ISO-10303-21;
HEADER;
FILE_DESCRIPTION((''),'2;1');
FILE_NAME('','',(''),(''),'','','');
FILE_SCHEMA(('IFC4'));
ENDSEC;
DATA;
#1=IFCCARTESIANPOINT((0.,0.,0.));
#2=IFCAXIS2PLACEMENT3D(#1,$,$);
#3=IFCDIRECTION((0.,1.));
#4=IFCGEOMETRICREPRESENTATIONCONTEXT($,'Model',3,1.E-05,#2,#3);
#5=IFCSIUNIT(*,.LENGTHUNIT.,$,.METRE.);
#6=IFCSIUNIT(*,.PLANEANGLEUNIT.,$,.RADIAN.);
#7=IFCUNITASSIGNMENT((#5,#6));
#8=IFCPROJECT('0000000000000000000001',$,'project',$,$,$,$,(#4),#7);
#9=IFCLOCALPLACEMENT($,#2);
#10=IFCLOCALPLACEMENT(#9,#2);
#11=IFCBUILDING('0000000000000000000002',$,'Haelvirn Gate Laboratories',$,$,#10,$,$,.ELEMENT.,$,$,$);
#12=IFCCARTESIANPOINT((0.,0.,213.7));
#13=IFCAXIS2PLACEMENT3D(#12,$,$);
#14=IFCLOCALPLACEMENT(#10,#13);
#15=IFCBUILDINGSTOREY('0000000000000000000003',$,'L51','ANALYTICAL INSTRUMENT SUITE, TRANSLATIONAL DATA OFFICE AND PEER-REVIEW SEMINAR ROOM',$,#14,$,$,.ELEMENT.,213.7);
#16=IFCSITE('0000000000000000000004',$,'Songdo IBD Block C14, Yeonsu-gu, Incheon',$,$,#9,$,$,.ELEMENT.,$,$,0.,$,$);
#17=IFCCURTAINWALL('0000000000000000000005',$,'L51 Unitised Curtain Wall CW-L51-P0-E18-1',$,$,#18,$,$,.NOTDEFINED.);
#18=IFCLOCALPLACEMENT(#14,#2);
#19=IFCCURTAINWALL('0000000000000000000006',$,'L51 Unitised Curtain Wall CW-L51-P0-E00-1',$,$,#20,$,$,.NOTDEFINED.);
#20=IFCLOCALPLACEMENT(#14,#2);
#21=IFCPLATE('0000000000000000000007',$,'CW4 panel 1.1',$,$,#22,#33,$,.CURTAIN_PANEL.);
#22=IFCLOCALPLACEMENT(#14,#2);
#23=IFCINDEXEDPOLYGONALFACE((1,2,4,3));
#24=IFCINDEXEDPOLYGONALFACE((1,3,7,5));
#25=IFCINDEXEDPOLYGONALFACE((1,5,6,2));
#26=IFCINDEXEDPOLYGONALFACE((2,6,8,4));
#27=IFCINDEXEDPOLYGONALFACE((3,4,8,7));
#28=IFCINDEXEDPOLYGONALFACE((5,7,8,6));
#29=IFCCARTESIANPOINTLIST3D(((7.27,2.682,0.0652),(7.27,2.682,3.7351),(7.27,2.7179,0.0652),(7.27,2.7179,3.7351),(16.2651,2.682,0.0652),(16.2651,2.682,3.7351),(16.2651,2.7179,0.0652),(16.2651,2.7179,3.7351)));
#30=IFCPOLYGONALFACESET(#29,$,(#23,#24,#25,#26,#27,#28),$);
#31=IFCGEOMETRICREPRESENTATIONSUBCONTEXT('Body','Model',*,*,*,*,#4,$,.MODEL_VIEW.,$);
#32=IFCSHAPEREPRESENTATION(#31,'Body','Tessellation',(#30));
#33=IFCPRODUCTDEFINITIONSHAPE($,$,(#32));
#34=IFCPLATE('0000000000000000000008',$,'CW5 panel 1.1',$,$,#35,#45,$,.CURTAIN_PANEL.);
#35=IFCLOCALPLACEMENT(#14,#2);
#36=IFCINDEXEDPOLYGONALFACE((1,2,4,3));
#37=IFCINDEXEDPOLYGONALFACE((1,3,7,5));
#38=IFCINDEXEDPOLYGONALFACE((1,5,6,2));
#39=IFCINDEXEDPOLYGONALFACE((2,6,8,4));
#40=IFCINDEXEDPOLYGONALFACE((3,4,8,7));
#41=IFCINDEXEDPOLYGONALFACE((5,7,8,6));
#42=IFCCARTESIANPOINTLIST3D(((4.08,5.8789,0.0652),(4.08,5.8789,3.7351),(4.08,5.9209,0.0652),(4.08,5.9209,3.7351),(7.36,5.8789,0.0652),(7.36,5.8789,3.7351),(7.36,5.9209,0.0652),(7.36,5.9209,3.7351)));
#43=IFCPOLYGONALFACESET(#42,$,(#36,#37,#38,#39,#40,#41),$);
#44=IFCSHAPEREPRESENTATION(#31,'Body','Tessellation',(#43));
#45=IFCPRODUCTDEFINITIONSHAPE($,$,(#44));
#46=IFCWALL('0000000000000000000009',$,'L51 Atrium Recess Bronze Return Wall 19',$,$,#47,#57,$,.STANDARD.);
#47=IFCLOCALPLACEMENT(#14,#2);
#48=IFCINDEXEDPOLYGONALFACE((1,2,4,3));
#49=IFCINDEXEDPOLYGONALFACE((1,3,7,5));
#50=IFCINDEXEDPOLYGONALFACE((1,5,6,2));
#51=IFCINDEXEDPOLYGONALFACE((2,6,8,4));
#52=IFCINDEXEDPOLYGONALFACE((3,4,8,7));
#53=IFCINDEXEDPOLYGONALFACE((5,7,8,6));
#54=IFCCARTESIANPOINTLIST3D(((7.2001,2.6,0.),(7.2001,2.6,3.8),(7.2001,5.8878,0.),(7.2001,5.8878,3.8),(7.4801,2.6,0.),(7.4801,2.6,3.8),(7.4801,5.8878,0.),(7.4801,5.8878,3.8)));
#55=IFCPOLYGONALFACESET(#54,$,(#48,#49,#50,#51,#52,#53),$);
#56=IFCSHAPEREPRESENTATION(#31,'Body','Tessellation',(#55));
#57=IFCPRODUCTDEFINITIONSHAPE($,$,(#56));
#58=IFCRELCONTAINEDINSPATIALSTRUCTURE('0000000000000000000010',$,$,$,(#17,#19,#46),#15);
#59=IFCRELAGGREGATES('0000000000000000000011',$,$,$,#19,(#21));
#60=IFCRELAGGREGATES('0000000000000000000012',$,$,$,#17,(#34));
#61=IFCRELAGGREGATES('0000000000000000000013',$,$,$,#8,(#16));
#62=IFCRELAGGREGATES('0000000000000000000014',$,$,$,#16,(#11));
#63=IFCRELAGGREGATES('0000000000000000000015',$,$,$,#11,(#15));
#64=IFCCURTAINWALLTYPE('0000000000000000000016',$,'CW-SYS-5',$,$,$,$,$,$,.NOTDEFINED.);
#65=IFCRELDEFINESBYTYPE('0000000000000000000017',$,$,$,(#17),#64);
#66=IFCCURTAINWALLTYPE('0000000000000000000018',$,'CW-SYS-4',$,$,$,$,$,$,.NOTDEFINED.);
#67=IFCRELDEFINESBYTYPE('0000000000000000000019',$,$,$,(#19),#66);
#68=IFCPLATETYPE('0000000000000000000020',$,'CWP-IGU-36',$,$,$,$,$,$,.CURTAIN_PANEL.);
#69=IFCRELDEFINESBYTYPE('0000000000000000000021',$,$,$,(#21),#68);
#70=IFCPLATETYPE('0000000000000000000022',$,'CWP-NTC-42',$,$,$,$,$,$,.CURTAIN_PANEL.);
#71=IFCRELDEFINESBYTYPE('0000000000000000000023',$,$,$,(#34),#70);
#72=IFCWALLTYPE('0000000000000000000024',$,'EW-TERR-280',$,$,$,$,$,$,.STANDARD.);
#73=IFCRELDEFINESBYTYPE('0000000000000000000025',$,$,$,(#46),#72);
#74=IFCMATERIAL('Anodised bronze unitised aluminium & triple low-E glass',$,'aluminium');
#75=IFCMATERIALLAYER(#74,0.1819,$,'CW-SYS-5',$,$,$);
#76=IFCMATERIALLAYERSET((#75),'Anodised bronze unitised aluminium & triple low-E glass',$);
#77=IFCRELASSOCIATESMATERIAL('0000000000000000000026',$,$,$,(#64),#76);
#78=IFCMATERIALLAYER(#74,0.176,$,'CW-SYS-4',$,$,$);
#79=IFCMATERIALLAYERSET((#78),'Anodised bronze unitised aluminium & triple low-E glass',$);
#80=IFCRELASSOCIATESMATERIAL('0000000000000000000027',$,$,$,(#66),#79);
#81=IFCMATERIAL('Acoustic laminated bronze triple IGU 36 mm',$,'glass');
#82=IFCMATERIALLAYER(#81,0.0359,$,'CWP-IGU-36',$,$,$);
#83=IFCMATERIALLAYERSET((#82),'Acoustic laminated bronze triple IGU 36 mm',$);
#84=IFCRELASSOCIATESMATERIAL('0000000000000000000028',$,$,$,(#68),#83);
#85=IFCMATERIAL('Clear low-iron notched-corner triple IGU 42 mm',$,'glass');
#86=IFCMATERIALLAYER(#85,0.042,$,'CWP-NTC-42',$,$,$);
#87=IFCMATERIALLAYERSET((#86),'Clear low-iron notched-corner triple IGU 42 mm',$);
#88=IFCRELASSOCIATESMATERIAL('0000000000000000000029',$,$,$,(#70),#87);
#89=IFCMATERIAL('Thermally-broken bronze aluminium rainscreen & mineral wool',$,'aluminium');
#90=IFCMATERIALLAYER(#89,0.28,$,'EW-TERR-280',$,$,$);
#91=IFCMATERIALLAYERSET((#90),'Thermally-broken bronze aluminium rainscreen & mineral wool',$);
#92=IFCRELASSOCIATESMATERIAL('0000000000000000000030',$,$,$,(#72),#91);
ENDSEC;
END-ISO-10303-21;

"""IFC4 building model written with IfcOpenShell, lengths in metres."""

from ifc_helpers import new_model, si_unit, direction, frame, frame_2d, origin, origin_2d, place, context, subcontext, project, spatial, rectangle, extrude, source, transform, mapped, material, layer, layer_set, type_object, type_shapes, element, aggregate, save


model = new_model("IFC4")

# Units and contexts
model_context = context("Model", 3, precision=1e-05, world=origin(), true_north=direction((0.0, 1.0)))
body_context = subcontext(model_context, "Body", "Model", "MODEL_VIEW")
ifc_project = project(units=[si_unit("LENGTHUNIT", "METRE"), si_unit("PLANEANGLEUNIT", "RADIAN")], contexts=[model_context])

# Site, building, storey
site_placement = place(None, origin())
site = spatial("IfcSite", under=ifc_project, at=site_placement, Name="Songdo IBD Block C14, Yeonsu-gu, Incheon", CompositionType="ELEMENT", RefElevation=0.0)
building_placement = place(site_placement, origin())
building = spatial("IfcBuilding", under=site, at=building_placement, Name="Haelvirn Gate Laboratories", CompositionType="ELEMENT")
storey_placement = place(building_placement, frame((0.0, 0.0, 213.7)))
storey = spatial("IfcBuildingStorey", under=building, at=storey_placement, Name="L51", Description="ANALYTICAL INSTRUMENT SUITE, TRANSLATIONAL DATA OFFICE AND PEER-REVIEW SEMINAR ROOM", CompositionType="ELEMENT", Elevation=213.7)

# Curtain wall
ifc_material_1 = material(Name="Anodised bronze unitised aluminium & triple low-E glass", Category="aluminium")
ifc_layer_1 = layer(ifc_material_1, 0.1819, Name="CW-SYS-5")
ifc_layer_set_1 = layer_set([ifc_layer_1], Name="Anodised bronze unitised aluminium & triple low-E glass")
curtain_wall_type_1 = type_object("IfcCurtainWallType", Name="CW-SYS-5", PredefinedType="NOTDEFINED", material=ifc_layer_set_1)
curtain_wall_1_placement = place(storey_placement, origin())
curtain_wall_1 = element("IfcCurtainWall", 1, at=curtain_wall_1_placement, inside=storey, type_object=curtain_wall_type_1, Name="L51 Unitised Curtain Wall CW-L51-P0-E18-1", PredefinedType="NOTDEFINED")

# Curtain wall
ifc_layer_2 = layer(ifc_material_1, 0.176, Name="CW-SYS-4")
ifc_layer_set_2 = layer_set([ifc_layer_2], Name="Anodised bronze unitised aluminium & triple low-E glass")
curtain_wall_type_2 = type_object("IfcCurtainWallType", Name="CW-SYS-4", PredefinedType="NOTDEFINED", material=ifc_layer_set_2)
curtain_wall_2_placement = place(storey_placement, origin())
curtain_wall_2 = element("IfcCurtainWall", 2, at=curtain_wall_2_placement, inside=storey, type_object=curtain_wall_type_2, Name="L51 Unitised Curtain Wall CW-L51-P0-E00-1", PredefinedType="NOTDEFINED")

# Plates
ifc_material_2 = material(Name="Acoustic laminated bronze triple IGU 36 mm", Category="glass")
ifc_layer_3 = layer(ifc_material_2, 0.0359, Name="CWP-IGU-36")
ifc_layer_set_3 = layer_set([ifc_layer_3], Name="Acoustic laminated bronze triple IGU 36 mm")
plate_type_1 = type_object("IfcPlateType", Name="CWP-IGU-36", PredefinedType="CURTAIN_PANEL", material=ifc_layer_set_3)
shared_shape_1 = source(origin(), body_context, "Body", "SweptSolid", [
    extrude(rectangle(XDim=8.9951, YDim=0.0359, at=origin_2d()), origin(), (0.0, 0.0, 1.0), 3.6699),
])
type_shapes(plate_type_1, [shared_shape_1])
plate_1_placement = place(storey_placement, frame((11.7676, 2.7, 0.0652), z_axis=(0.0, 0.0, 1.0), x_axis=(1.0, 0.0, 0.0)))
plate_1 = element("IfcPlate", 3, at=plate_1_placement, type_object=plate_type_1, Name="CW4 panel 1.1", PredefinedType="CURTAIN_PANEL", context=body_context, shape_type="MappedRepresentation", body=[
    mapped(shared_shape_1, transform((0.0, 0.0, 0.0), scale=1.0)),
])
aggregate(curtain_wall_2, [plate_1])
ifc_material_3 = material(Name="Clear low-iron notched-corner triple IGU 42 mm", Category="glass")
ifc_layer_4 = layer(ifc_material_3, 0.042, Name="CWP-NTC-42")
ifc_layer_set_4 = layer_set([ifc_layer_4], Name="Clear low-iron notched-corner triple IGU 42 mm")
plate_type_2 = type_object("IfcPlateType", Name="CWP-NTC-42", PredefinedType="CURTAIN_PANEL", material=ifc_layer_set_4)
shared_shape_2 = source(origin(), body_context, "Body", "SweptSolid", [
    extrude(rectangle(XDim=3.28, YDim=0.042, at=origin_2d()), origin(), (0.0, 0.0, 1.0), 3.6699),
])
type_shapes(plate_type_2, [shared_shape_2])
plate_2_placement = place(storey_placement, frame((5.72, 5.8999, 0.0652), z_axis=(0.0, 0.0, 1.0), x_axis=(1.0, 0.0, 0.0)))
plate_2 = element("IfcPlate", 4, at=plate_2_placement, type_object=plate_type_2, Name="CW5 panel 1.1", PredefinedType="CURTAIN_PANEL", context=body_context, shape_type="MappedRepresentation", body=[
    mapped(shared_shape_2, transform((0.0, 0.0, 0.0), scale=1.0)),
])
aggregate(curtain_wall_1, [plate_2])

# Wall
ifc_material_4 = material(Name="Thermally-broken bronze aluminium rainscreen & mineral wool", Category="aluminium")
ifc_layer_5 = layer(ifc_material_4, 0.28, Name="EW-TERR-280")
ifc_layer_set_5 = layer_set([ifc_layer_5], Name="Thermally-broken bronze aluminium rainscreen & mineral wool")
wall_type = type_object("IfcWallType", Name="EW-TERR-280", PredefinedType="STANDARD", material=ifc_layer_set_5)
wall_placement = place(storey_placement, frame((7.3401, 5.8879, 0.0), z_axis=(0.0, 0.0, 1.0), x_axis=(0.0, -1.0, 0.0)))
element("IfcWall", 5, at=wall_placement, inside=storey, type_object=wall_type, Name="L51 Atrium Recess Bronze Return Wall 19", PredefinedType="STANDARD", context=body_context, shape_type="SweptSolid", body=[
    extrude(rectangle(XDim=3.2878, YDim=0.28, at=frame_2d((1.644, 0.0))), origin(), (0.0, 0.0, 1.0), 3.8),
])

save(model, "model.ifc")
